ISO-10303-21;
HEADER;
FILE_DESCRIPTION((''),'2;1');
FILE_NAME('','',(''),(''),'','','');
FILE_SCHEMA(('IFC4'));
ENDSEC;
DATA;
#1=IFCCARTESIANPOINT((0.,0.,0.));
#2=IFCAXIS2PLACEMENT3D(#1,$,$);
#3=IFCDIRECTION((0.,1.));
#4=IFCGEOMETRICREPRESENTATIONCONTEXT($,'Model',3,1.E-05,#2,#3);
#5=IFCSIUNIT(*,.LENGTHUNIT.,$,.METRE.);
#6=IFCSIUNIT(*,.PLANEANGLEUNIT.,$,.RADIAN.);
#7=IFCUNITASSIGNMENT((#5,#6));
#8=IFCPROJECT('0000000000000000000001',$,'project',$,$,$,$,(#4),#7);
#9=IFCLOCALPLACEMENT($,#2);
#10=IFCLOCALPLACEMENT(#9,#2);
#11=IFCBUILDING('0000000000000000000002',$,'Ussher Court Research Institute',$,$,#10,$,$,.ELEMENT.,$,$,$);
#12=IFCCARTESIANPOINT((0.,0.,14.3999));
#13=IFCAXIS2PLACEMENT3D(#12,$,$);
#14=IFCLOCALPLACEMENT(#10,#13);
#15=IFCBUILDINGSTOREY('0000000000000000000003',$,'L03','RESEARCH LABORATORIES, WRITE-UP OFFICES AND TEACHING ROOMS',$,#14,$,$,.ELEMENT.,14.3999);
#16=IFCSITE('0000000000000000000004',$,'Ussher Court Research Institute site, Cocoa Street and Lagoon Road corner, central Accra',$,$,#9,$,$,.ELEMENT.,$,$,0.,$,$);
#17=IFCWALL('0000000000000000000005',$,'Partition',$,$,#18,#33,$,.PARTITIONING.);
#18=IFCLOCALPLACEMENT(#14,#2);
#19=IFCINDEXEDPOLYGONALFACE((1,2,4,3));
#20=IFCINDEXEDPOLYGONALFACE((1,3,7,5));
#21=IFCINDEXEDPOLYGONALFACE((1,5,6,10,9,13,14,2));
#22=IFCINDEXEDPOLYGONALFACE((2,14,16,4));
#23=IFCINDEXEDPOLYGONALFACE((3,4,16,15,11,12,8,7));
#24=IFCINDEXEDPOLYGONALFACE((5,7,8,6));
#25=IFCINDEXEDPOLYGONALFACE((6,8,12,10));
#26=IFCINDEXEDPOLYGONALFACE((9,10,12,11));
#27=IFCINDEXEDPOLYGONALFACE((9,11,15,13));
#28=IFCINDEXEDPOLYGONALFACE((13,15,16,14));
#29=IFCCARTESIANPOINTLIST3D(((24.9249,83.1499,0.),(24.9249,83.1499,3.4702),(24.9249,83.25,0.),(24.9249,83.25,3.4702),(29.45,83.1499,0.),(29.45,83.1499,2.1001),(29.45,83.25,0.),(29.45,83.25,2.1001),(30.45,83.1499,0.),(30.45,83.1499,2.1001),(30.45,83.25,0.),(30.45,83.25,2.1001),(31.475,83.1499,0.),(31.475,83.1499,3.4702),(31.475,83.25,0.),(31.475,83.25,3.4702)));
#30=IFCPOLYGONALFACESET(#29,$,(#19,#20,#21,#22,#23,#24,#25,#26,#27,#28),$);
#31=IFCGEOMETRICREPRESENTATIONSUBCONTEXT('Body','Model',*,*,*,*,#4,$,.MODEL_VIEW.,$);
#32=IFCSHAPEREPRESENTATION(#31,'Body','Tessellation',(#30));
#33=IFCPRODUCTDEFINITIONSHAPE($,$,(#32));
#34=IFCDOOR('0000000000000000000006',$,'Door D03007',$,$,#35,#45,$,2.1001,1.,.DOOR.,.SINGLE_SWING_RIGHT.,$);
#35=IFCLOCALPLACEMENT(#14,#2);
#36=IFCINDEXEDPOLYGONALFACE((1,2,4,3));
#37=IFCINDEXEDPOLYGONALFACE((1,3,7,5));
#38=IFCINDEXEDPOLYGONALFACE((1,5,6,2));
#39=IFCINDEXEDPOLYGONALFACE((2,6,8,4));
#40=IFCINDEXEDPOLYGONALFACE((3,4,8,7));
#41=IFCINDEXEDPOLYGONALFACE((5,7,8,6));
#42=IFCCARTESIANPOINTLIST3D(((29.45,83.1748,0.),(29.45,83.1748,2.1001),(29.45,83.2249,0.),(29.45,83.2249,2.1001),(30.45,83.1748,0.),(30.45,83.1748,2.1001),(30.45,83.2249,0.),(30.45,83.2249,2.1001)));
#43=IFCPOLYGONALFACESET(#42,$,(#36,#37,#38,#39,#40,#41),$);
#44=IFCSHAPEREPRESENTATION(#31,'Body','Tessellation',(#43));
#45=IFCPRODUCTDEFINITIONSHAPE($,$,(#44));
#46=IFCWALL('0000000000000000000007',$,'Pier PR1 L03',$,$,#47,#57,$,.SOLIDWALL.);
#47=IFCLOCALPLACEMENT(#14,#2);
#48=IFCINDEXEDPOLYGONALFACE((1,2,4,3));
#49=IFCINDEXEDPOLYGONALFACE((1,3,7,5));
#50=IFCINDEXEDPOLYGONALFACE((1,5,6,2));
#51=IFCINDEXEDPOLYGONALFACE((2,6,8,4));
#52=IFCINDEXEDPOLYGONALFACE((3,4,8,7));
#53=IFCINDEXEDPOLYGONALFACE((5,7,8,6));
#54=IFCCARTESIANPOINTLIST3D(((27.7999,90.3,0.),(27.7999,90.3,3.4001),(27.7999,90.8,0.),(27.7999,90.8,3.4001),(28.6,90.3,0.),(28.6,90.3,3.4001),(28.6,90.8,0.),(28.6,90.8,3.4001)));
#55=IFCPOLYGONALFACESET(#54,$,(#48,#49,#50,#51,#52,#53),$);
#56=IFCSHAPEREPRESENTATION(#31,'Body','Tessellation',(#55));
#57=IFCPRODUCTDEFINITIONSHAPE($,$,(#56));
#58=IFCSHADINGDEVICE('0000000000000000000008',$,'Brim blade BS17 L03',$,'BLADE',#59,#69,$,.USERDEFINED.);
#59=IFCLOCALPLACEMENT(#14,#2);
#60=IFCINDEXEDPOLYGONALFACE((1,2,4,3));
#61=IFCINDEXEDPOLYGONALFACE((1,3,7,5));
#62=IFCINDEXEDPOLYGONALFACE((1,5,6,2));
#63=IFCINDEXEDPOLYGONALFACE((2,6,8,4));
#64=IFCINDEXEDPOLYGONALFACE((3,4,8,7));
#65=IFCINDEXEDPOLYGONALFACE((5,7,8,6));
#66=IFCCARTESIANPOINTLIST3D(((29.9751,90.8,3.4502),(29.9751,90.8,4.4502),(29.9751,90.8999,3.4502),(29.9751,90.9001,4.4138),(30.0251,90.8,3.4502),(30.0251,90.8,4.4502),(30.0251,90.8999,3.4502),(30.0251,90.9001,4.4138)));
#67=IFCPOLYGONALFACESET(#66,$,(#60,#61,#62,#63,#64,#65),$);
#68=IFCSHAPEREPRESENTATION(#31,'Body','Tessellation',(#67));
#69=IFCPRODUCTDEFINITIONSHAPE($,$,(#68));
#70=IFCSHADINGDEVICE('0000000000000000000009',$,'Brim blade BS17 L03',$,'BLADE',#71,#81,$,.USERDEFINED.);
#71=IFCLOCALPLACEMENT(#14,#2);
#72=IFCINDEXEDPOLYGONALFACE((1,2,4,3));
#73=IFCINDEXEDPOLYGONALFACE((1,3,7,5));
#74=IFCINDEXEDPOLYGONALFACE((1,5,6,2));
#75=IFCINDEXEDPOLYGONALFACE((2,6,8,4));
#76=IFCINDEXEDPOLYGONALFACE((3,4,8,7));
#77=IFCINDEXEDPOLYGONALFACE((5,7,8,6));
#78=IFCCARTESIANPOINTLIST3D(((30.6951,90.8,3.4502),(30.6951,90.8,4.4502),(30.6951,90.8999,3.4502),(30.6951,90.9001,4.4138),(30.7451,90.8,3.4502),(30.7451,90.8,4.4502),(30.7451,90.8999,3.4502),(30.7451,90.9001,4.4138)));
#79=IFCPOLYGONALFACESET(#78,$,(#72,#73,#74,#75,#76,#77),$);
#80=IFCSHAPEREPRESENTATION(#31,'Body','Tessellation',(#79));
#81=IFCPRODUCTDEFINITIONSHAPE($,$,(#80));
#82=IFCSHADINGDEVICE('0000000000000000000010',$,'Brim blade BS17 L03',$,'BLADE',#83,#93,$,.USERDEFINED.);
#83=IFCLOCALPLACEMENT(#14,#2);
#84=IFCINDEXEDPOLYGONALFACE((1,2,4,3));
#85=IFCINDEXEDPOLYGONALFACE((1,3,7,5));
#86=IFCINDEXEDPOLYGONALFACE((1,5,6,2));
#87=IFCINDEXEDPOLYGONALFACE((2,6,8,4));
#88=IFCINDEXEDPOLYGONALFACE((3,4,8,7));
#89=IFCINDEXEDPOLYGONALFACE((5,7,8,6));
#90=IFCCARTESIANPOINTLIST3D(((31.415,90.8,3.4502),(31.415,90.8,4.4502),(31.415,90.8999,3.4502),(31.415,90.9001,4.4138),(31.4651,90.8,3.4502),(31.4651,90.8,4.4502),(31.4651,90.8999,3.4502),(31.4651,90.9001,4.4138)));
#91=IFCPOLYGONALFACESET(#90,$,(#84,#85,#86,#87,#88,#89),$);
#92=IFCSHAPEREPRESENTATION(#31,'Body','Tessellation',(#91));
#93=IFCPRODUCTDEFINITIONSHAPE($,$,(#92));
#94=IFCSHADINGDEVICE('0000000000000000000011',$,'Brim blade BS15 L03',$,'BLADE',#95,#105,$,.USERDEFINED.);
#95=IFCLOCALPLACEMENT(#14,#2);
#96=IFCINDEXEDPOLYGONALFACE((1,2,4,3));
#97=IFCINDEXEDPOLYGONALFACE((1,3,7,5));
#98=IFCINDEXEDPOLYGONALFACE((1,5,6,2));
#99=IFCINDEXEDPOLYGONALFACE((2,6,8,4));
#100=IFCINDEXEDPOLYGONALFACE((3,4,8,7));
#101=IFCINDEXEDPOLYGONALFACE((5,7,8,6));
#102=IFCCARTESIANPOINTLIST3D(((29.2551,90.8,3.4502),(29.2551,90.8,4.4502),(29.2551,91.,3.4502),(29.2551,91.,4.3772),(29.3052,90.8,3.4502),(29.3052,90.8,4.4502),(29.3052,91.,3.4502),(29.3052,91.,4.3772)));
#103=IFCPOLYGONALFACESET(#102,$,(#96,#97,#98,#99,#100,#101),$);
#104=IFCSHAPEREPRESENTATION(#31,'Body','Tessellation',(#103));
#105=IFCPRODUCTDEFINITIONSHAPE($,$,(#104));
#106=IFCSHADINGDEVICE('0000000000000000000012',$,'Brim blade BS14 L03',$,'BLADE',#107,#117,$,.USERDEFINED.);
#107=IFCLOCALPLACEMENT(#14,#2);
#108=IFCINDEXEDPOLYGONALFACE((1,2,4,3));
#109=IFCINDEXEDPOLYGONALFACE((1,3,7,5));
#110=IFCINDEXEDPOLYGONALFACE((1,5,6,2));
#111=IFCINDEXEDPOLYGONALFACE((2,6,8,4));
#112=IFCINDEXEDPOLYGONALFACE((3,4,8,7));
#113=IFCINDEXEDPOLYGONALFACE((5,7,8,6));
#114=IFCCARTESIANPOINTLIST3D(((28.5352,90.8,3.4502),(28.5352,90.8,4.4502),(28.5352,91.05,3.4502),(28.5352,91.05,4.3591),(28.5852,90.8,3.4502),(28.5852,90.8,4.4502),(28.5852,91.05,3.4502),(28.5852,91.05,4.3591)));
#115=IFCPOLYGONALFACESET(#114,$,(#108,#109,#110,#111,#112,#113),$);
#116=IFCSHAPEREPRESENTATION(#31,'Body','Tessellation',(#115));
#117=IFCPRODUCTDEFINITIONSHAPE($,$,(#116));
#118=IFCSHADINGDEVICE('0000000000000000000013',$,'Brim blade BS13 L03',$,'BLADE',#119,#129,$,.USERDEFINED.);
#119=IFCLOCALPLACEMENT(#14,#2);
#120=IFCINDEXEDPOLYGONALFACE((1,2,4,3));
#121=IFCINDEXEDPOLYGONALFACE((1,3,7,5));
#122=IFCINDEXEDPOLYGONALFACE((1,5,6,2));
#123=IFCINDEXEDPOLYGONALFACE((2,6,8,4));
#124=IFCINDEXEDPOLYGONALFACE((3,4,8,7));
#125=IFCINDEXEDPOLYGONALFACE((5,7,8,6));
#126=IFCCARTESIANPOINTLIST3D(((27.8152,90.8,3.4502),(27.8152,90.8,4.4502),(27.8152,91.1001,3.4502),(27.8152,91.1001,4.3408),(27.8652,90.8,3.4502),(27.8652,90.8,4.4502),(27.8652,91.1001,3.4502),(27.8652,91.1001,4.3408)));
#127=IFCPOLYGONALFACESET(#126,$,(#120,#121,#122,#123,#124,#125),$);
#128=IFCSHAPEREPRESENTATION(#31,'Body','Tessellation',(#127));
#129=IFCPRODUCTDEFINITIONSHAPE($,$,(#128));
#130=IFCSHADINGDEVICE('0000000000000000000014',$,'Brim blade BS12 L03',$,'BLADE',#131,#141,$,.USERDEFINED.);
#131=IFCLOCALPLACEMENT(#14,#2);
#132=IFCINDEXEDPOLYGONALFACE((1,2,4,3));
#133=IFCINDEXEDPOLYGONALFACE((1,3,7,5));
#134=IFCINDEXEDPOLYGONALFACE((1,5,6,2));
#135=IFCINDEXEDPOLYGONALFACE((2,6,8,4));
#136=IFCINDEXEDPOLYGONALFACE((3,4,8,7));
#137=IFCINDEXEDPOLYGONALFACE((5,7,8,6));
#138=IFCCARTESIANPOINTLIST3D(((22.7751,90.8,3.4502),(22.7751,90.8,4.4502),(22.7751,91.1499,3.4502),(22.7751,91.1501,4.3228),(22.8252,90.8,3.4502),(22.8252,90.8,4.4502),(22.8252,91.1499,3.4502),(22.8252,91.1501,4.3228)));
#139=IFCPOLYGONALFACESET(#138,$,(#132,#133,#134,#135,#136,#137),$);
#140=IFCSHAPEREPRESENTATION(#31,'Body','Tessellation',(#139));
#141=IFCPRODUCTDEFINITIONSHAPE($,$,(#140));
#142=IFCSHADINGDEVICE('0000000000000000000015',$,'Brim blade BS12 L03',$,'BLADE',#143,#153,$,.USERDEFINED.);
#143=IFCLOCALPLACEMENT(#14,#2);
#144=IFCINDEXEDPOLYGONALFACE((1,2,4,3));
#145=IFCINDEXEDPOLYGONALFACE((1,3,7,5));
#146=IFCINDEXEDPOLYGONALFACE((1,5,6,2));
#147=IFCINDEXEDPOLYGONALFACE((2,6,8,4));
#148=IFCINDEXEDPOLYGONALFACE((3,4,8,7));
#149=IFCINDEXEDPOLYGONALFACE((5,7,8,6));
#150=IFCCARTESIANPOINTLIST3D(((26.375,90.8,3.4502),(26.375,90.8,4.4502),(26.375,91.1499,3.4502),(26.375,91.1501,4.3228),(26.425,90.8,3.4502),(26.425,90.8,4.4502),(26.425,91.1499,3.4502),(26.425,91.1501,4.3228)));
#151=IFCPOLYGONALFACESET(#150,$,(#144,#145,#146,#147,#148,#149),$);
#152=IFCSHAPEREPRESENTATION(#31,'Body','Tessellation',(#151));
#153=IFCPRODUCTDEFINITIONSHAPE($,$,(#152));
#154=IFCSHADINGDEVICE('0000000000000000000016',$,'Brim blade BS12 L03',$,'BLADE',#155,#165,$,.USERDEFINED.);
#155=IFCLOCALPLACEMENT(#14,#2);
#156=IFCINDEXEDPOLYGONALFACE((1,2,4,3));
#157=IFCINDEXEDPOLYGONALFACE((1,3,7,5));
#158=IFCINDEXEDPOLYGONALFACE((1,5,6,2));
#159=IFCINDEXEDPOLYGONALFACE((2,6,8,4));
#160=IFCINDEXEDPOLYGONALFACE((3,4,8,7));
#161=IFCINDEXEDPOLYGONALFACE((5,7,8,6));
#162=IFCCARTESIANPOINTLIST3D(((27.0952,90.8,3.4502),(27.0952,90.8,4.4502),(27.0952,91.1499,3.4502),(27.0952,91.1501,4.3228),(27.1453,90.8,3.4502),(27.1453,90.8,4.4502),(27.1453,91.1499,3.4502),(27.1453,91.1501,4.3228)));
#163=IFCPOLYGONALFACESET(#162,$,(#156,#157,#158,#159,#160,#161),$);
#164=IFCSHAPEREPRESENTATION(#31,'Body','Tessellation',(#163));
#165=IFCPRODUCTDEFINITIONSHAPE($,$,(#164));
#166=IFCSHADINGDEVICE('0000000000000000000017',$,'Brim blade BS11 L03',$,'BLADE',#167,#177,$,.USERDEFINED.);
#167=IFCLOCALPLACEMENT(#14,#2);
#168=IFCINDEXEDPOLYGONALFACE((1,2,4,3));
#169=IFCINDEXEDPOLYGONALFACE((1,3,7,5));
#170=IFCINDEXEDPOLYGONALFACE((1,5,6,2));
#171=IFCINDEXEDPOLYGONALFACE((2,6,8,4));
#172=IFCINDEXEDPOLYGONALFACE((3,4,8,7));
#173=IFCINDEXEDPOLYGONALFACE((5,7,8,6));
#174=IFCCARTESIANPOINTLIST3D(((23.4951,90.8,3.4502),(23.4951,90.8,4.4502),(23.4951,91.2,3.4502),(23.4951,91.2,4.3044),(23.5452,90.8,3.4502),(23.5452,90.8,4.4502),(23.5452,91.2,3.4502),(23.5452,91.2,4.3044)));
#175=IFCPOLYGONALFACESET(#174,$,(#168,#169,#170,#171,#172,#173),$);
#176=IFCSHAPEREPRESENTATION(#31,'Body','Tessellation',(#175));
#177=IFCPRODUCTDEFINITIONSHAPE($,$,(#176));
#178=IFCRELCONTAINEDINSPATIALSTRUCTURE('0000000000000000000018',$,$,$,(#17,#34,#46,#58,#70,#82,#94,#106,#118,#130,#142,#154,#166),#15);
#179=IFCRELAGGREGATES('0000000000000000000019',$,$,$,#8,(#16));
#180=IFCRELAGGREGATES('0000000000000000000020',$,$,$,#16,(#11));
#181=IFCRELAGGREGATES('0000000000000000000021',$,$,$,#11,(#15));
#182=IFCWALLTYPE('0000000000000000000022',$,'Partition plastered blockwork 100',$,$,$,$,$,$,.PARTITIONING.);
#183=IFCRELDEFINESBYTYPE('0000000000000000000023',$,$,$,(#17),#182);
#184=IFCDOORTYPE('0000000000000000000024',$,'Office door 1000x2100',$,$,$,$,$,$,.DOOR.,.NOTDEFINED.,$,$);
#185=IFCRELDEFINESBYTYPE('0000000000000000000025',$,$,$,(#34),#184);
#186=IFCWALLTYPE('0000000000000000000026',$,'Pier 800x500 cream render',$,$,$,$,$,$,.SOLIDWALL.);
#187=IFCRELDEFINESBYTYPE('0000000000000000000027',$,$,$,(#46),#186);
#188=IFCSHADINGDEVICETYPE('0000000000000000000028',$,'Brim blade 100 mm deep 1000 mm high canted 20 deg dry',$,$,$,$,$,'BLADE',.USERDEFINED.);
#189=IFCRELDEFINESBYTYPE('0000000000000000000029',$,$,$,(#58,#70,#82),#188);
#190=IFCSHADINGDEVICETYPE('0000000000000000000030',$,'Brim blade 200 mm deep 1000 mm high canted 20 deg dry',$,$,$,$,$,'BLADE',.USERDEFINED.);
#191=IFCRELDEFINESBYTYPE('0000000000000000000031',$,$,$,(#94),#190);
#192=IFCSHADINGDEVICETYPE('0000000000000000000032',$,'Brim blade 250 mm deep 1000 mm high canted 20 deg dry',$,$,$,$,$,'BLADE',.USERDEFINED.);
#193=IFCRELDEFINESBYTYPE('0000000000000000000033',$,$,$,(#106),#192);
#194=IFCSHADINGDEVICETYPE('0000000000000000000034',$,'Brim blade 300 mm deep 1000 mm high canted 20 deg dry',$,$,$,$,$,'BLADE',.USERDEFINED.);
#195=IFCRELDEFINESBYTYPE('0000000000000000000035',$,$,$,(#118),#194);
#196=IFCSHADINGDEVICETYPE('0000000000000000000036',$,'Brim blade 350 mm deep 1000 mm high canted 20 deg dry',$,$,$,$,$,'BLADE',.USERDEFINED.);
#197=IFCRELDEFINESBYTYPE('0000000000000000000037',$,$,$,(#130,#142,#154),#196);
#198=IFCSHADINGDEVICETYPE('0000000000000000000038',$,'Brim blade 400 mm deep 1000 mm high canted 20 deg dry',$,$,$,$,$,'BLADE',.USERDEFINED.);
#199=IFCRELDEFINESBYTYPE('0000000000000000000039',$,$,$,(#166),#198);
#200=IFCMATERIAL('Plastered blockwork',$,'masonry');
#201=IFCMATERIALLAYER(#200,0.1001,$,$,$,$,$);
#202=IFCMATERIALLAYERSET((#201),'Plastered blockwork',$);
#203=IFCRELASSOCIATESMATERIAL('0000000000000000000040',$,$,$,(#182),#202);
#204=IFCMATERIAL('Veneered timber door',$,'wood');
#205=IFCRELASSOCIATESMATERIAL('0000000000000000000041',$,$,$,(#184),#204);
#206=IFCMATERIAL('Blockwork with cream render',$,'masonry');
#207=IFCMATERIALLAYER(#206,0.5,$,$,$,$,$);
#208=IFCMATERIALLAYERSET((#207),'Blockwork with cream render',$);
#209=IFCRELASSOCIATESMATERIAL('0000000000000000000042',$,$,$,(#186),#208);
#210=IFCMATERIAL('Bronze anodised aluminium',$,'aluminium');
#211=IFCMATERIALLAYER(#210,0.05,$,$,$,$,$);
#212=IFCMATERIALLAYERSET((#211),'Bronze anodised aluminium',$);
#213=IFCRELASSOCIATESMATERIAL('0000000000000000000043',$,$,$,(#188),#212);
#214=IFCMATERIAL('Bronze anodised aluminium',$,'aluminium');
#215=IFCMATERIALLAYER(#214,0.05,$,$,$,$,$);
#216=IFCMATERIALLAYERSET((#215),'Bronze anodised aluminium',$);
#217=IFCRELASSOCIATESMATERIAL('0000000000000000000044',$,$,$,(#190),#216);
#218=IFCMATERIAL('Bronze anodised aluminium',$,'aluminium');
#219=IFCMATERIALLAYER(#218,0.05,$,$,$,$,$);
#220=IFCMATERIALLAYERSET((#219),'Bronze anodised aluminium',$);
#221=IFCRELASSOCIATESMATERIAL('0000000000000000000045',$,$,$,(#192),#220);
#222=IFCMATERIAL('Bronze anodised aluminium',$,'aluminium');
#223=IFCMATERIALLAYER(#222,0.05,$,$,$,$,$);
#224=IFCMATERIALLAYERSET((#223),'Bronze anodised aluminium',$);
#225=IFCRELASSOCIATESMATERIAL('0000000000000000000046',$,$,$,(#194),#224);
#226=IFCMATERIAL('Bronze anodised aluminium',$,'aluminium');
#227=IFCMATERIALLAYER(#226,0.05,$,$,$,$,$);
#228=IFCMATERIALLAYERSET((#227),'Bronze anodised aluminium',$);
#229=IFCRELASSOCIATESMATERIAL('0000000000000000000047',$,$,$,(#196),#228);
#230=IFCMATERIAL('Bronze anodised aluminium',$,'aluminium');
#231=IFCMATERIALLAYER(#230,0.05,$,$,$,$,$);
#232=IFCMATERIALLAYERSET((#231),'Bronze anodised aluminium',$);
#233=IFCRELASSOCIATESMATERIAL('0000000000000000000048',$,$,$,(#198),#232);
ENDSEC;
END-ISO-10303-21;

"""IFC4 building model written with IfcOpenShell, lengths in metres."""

from ifc_helpers import new_model, si_unit, direction, frame, frame_2d, origin, place, context, subcontext, project, spatial, polyline, rectangle, outline, extrude, material, layer, layer_set, type_object, element, fill, save


model = new_model("IFC4")

# Units and contexts
model_context = context("Model", 3, precision=1e-05, world=origin(), true_north=direction((0.0, 1.0)))
body_context = subcontext(model_context, "Body", "Model", "MODEL_VIEW")
ifc_project = project(units=[si_unit("LENGTHUNIT", "METRE"), si_unit("PLANEANGLEUNIT", "RADIAN")], contexts=[model_context])

# Site, building, storey
site_placement = place(None, origin())
site = spatial("IfcSite", under=ifc_project, at=site_placement, Name="Ussher Court Research Institute site, Cocoa Street and Lagoon Road corner, central Accra", CompositionType="ELEMENT", RefElevation=0.0)
building_placement = place(site_placement, origin())
building = spatial("IfcBuilding", under=site, at=building_placement, Name="Ussher Court Research Institute", CompositionType="ELEMENT")
storey_placement = place(building_placement, frame((0.0, 0.0, 14.3999)))
storey = spatial("IfcBuildingStorey", under=building, at=storey_placement, Name="L03", Description="RESEARCH LABORATORIES, WRITE-UP OFFICES AND TEACHING ROOMS", CompositionType="ELEMENT", Elevation=14.3999)

# Wall, opening, door
ifc_material_1 = material(Name="Plastered blockwork", Category="masonry")
ifc_layer_1 = layer(ifc_material_1, 0.1001)
ifc_layer_set_1 = layer_set([ifc_layer_1], Name="Plastered blockwork")
wall_type_1 = type_object("IfcWallType", Name="Partition plastered blockwork 100", PredefinedType="PARTITIONING", material=ifc_layer_set_1)
wall_1_placement = place(storey_placement, frame((24.925, 83.2, 0.0), z_axis=(0.0, 0.0, 1.0), x_axis=(1.0, 0.0, 0.0)))
wall_1 = element("IfcWall", 1, at=wall_1_placement, inside=storey, type_object=wall_type_1, Name="Partition", PredefinedType="PARTITIONING", context=body_context, shape_type="SweptSolid", body=[
    extrude(rectangle(XDim=6.55, YDim=0.1001, at=frame_2d((3.2749, 0.0))), origin(), (0.0, 0.0, 1.0), 3.4702),
])
opening_1_placement = place(wall_1_placement, frame((4.5249, 0.0, 0.0)))
opening_1 = element("IfcOpeningElement", 2, at=opening_1_placement, cuts=wall_1, PredefinedType="OPENING", context=body_context, shape_type="SweptSolid", body=[
    extrude(rectangle(XDim=1.0, YDim=2.1001, at=frame_2d((0.5, 1.05))), frame((0.0, 0.0601, 0.0), z_axis=(0.0, -1.0, 0.0), x_axis=(1.0, 0.0, 0.0)), (0.0, 0.0, 1.0), 0.1201),
])
ifc_material_2 = material(Name="Veneered timber door", Category="wood")
door_type = type_object("IfcDoorType", Name="Office door 1000x2100", OperationType="NOTDEFINED", PredefinedType="DOOR", material=ifc_material_2)
door_placement = place(opening_1_placement, origin())
door = element("IfcDoor", 3, at=door_placement, inside=storey, type_object=door_type, Name="Door D03007", OperationType="SINGLE_SWING_RIGHT", OverallHeight=2.1001, OverallWidth=1.0, PredefinedType="DOOR", context=body_context, shape_type="SweptSolid", body=[
    extrude(rectangle(XDim=1.0, YDim=2.1001, at=frame_2d((0.5, 1.05))), frame((0.0, 0.0249, 0.0), z_axis=(0.0, -1.0, 0.0), x_axis=(1.0, 0.0, 0.0)), (0.0, 0.0, 1.0), 0.05),
])
fill(opening_1, door)

# Wall
ifc_material_3 = material(Name="Blockwork with cream render", Category="masonry")
ifc_layer_2 = layer(ifc_material_3, 0.5)
ifc_layer_set_2 = layer_set([ifc_layer_2], Name="Blockwork with cream render")
wall_type_2 = type_object("IfcWallType", Name="Pier 800x500 cream render", PredefinedType="SOLIDWALL", material=ifc_layer_set_2)
wall_2_placement = place(storey_placement, frame((27.8, 90.55, 0.0), z_axis=(0.0, 0.0, 1.0), x_axis=(1.0, 0.0, 0.0)))
element("IfcWall", 4, at=wall_2_placement, inside=storey, type_object=wall_type_2, Name="Pier PR1 L03", PredefinedType="SOLIDWALL", context=body_context, shape_type="SweptSolid", body=[
    extrude(rectangle(XDim=0.8, YDim=0.5, at=frame_2d((0.3999, 0.0))), origin(), (0.0, 0.0, 1.0), 3.4001),
])

# Shading devices
ifc_material_4 = material(Name="Bronze anodised aluminium", Category="aluminium")
ifc_layer_3 = layer(ifc_material_4, 0.05)
ifc_layer_set_3 = layer_set([ifc_layer_3], Name="Bronze anodised aluminium")
shading_device_type_1 = type_object("IfcShadingDeviceType", Name="Brim blade 100 mm deep 1000 mm high canted 20 deg dry", ElementType="BLADE", PredefinedType="USERDEFINED", material=ifc_layer_set_3)
for number, where, z_axis, x_axis, name in (
    (5, (30.0, 90.8, 3.4502), (0.0, 0.0, 1.0), (0.0, 1.0, 0.0), "Brim blade BS17 L03"),
    (6, (30.72, 90.8, 3.4502), (0.0, 0.0, 1.0), (0.0, 1.0, 0.0), "Brim blade BS17 L03"),
    (7, (31.4399, 90.8, 3.4502), (0.0, 0.0, 1.0), (0.0, 1.0, 0.0), "Brim blade BS17 L03"),
):
    element("IfcShadingDevice", number, at=place(storey_placement, frame(where, z_axis=z_axis, x_axis=x_axis)), inside=storey, type_object=shading_device_type_1, Name=name, ObjectType="BLADE", PredefinedType="USERDEFINED", context=body_context, shape_type="SweptSolid", body=[
        extrude(outline(polyline([(0.0, 0.0), (0.0999, 0.0), (0.1001, 0.9636), (0.0, 1.0), (0.0, 0.0)])), frame((0.0, 0.0249, 0.0), z_axis=(0.0, -1.0, 0.0), x_axis=(1.0, 0.0, 0.0)), (0.0, 0.0, 1.0), 0.05),
    ])
ifc_material_5 = material(Name="Bronze anodised aluminium", Category="aluminium")
ifc_layer_4 = layer(ifc_material_5, 0.05)
ifc_layer_set_4 = layer_set([ifc_layer_4], Name="Bronze anodised aluminium")
shading_device_type_2 = type_object("IfcShadingDeviceType", Name="Brim blade 200 mm deep 1000 mm high canted 20 deg dry", ElementType="BLADE", PredefinedType="USERDEFINED", material=ifc_layer_set_4)
shading_device_1_placement = place(storey_placement, frame((29.28, 90.8, 3.4502), z_axis=(0.0, 0.0, 1.0), x_axis=(0.0, 1.0, 0.0)))
element("IfcShadingDevice", 8, at=shading_device_1_placement, inside=storey, type_object=shading_device_type_2, Name="Brim blade BS15 L03", ObjectType="BLADE", PredefinedType="USERDEFINED", context=body_context, shape_type="SweptSolid", body=[
    extrude(outline(polyline([(0.0, 0.0), (0.2, 0.0), (0.2, 0.927), (0.0, 1.0), (0.0, 0.0)])), frame((0.0, 0.0249, 0.0), z_axis=(0.0, -1.0, 0.0), x_axis=(1.0, 0.0, 0.0)), (0.0, 0.0, 1.0), 0.05),
])
ifc_material_6 = material(Name="Bronze anodised aluminium", Category="aluminium")
ifc_layer_5 = layer(ifc_material_6, 0.05)
ifc_layer_set_5 = layer_set([ifc_layer_5], Name="Bronze anodised aluminium")
shading_device_type_3 = type_object("IfcShadingDeviceType", Name="Brim blade 250 mm deep 1000 mm high canted 20 deg dry", ElementType="BLADE", PredefinedType="USERDEFINED", material=ifc_layer_set_5)
shading_device_2_placement = place(storey_placement, frame((28.5601, 90.8, 3.4502), z_axis=(0.0, 0.0, 1.0), x_axis=(0.0, 1.0, 0.0)))
element("IfcShadingDevice", 9, at=shading_device_2_placement, inside=storey, type_object=shading_device_type_3, Name="Brim blade BS14 L03", ObjectType="BLADE", PredefinedType="USERDEFINED", context=body_context, shape_type="SweptSolid", body=[
    extrude(outline(polyline([(0.0, 0.0), (0.25, 0.0), (0.25, 0.9089), (0.0, 1.0), (0.0, 0.0)])), frame((0.0, 0.0249, 0.0), z_axis=(0.0, -1.0, 0.0), x_axis=(1.0, 0.0, 0.0)), (0.0, 0.0, 1.0), 0.05),
])
ifc_material_7 = material(Name="Bronze anodised aluminium", Category="aluminium")
ifc_layer_6 = layer(ifc_material_7, 0.05)
ifc_layer_set_6 = layer_set([ifc_layer_6], Name="Bronze anodised aluminium")
shading_device_type_4 = type_object("IfcShadingDeviceType", Name="Brim blade 300 mm deep 1000 mm high canted 20 deg dry", ElementType="BLADE", PredefinedType="USERDEFINED", material=ifc_layer_set_6)
shading_device_3_placement = place(storey_placement, frame((27.8401, 90.8, 3.4502), z_axis=(0.0, 0.0, 1.0), x_axis=(0.0, 1.0, 0.0)))
element("IfcShadingDevice", 10, at=shading_device_3_placement, inside=storey, type_object=shading_device_type_4, Name="Brim blade BS13 L03", ObjectType="BLADE", PredefinedType="USERDEFINED", context=body_context, shape_type="SweptSolid", body=[
    extrude(outline(polyline([(0.0, 0.0), (0.3, 0.0), (0.3, 0.8906), (0.0, 1.0), (0.0, 0.0)])), frame((0.0, 0.0249, 0.0), z_axis=(0.0, -1.0, 0.0), x_axis=(1.0, 0.0, 0.0)), (0.0, 0.0, 1.0), 0.05),
])
ifc_material_8 = material(Name="Bronze anodised aluminium", Category="aluminium")
ifc_layer_7 = layer(ifc_material_8, 0.05)
ifc_layer_set_7 = layer_set([ifc_layer_7], Name="Bronze anodised aluminium")
shading_device_type_5 = type_object("IfcShadingDeviceType", Name="Brim blade 350 mm deep 1000 mm high canted 20 deg dry", ElementType="BLADE", PredefinedType="USERDEFINED", material=ifc_layer_set_7)
for number, where, z_axis, x_axis, name in (
    (11, (22.8, 90.8, 3.4502), (0.0, 0.0, 1.0), (0.0, 1.0, 0.0), "Brim blade BS12 L03"),
    (12, (26.3999, 90.8, 3.4502), (0.0, 0.0, 1.0), (0.0, 1.0, 0.0), "Brim blade BS12 L03"),
    (13, (27.1201, 90.8, 3.4502), (0.0, 0.0, 1.0), (0.0, 1.0, 0.0), "Brim blade BS12 L03"),
):
    element("IfcShadingDevice", number, at=place(storey_placement, frame(where, z_axis=z_axis, x_axis=x_axis)), inside=storey, type_object=shading_device_type_5, Name=name, ObjectType="BLADE", PredefinedType="USERDEFINED", context=body_context, shape_type="SweptSolid", body=[
        extrude(outline(polyline([(0.0, 0.0), (0.3499, 0.0), (0.3501, 0.8726), (0.0, 1.0), (0.0, 0.0)])), frame((0.0, 0.0249, 0.0), z_axis=(0.0, -1.0, 0.0), x_axis=(1.0, 0.0, 0.0)), (0.0, 0.0, 1.0), 0.05),
    ])
ifc_material_9 = material(Name="Bronze anodised aluminium", Category="aluminium")
ifc_layer_8 = layer(ifc_material_9, 0.05)
ifc_layer_set_8 = layer_set([ifc_layer_8], Name="Bronze anodised aluminium")
shading_device_type_6 = type_object("IfcShadingDeviceType", Name="Brim blade 400 mm deep 1000 mm high canted 20 deg dry", ElementType="BLADE", PredefinedType="USERDEFINED", material=ifc_layer_set_8)
for number, where, z_axis, x_axis, name in (
    (14, (23.52, 90.8, 3.4502), (0.0, 0.0, 1.0), (0.0, 1.0, 0.0), "Brim blade BS11 L03"),
):
    element("IfcShadingDevice", number, at=place(storey_placement, frame(where, z_axis=z_axis, x_axis=x_axis)), inside=storey, type_object=shading_device_type_6, Name=name, ObjectType="BLADE", PredefinedType="USERDEFINED", context=body_context, shape_type="SweptSolid", body=[
        extrude(outline(polyline([(0.0, 0.0), (0.3999, 0.0), (0.3999, 0.8542), (0.0, 1.0), (0.0, 0.0)])), frame((0.0, 0.0249, 0.0), z_axis=(0.0, -1.0, 0.0), x_axis=(1.0, 0.0, 0.0)), (0.0, 0.0, 1.0), 0.05),
    ])

save(model, "model.ifc")
